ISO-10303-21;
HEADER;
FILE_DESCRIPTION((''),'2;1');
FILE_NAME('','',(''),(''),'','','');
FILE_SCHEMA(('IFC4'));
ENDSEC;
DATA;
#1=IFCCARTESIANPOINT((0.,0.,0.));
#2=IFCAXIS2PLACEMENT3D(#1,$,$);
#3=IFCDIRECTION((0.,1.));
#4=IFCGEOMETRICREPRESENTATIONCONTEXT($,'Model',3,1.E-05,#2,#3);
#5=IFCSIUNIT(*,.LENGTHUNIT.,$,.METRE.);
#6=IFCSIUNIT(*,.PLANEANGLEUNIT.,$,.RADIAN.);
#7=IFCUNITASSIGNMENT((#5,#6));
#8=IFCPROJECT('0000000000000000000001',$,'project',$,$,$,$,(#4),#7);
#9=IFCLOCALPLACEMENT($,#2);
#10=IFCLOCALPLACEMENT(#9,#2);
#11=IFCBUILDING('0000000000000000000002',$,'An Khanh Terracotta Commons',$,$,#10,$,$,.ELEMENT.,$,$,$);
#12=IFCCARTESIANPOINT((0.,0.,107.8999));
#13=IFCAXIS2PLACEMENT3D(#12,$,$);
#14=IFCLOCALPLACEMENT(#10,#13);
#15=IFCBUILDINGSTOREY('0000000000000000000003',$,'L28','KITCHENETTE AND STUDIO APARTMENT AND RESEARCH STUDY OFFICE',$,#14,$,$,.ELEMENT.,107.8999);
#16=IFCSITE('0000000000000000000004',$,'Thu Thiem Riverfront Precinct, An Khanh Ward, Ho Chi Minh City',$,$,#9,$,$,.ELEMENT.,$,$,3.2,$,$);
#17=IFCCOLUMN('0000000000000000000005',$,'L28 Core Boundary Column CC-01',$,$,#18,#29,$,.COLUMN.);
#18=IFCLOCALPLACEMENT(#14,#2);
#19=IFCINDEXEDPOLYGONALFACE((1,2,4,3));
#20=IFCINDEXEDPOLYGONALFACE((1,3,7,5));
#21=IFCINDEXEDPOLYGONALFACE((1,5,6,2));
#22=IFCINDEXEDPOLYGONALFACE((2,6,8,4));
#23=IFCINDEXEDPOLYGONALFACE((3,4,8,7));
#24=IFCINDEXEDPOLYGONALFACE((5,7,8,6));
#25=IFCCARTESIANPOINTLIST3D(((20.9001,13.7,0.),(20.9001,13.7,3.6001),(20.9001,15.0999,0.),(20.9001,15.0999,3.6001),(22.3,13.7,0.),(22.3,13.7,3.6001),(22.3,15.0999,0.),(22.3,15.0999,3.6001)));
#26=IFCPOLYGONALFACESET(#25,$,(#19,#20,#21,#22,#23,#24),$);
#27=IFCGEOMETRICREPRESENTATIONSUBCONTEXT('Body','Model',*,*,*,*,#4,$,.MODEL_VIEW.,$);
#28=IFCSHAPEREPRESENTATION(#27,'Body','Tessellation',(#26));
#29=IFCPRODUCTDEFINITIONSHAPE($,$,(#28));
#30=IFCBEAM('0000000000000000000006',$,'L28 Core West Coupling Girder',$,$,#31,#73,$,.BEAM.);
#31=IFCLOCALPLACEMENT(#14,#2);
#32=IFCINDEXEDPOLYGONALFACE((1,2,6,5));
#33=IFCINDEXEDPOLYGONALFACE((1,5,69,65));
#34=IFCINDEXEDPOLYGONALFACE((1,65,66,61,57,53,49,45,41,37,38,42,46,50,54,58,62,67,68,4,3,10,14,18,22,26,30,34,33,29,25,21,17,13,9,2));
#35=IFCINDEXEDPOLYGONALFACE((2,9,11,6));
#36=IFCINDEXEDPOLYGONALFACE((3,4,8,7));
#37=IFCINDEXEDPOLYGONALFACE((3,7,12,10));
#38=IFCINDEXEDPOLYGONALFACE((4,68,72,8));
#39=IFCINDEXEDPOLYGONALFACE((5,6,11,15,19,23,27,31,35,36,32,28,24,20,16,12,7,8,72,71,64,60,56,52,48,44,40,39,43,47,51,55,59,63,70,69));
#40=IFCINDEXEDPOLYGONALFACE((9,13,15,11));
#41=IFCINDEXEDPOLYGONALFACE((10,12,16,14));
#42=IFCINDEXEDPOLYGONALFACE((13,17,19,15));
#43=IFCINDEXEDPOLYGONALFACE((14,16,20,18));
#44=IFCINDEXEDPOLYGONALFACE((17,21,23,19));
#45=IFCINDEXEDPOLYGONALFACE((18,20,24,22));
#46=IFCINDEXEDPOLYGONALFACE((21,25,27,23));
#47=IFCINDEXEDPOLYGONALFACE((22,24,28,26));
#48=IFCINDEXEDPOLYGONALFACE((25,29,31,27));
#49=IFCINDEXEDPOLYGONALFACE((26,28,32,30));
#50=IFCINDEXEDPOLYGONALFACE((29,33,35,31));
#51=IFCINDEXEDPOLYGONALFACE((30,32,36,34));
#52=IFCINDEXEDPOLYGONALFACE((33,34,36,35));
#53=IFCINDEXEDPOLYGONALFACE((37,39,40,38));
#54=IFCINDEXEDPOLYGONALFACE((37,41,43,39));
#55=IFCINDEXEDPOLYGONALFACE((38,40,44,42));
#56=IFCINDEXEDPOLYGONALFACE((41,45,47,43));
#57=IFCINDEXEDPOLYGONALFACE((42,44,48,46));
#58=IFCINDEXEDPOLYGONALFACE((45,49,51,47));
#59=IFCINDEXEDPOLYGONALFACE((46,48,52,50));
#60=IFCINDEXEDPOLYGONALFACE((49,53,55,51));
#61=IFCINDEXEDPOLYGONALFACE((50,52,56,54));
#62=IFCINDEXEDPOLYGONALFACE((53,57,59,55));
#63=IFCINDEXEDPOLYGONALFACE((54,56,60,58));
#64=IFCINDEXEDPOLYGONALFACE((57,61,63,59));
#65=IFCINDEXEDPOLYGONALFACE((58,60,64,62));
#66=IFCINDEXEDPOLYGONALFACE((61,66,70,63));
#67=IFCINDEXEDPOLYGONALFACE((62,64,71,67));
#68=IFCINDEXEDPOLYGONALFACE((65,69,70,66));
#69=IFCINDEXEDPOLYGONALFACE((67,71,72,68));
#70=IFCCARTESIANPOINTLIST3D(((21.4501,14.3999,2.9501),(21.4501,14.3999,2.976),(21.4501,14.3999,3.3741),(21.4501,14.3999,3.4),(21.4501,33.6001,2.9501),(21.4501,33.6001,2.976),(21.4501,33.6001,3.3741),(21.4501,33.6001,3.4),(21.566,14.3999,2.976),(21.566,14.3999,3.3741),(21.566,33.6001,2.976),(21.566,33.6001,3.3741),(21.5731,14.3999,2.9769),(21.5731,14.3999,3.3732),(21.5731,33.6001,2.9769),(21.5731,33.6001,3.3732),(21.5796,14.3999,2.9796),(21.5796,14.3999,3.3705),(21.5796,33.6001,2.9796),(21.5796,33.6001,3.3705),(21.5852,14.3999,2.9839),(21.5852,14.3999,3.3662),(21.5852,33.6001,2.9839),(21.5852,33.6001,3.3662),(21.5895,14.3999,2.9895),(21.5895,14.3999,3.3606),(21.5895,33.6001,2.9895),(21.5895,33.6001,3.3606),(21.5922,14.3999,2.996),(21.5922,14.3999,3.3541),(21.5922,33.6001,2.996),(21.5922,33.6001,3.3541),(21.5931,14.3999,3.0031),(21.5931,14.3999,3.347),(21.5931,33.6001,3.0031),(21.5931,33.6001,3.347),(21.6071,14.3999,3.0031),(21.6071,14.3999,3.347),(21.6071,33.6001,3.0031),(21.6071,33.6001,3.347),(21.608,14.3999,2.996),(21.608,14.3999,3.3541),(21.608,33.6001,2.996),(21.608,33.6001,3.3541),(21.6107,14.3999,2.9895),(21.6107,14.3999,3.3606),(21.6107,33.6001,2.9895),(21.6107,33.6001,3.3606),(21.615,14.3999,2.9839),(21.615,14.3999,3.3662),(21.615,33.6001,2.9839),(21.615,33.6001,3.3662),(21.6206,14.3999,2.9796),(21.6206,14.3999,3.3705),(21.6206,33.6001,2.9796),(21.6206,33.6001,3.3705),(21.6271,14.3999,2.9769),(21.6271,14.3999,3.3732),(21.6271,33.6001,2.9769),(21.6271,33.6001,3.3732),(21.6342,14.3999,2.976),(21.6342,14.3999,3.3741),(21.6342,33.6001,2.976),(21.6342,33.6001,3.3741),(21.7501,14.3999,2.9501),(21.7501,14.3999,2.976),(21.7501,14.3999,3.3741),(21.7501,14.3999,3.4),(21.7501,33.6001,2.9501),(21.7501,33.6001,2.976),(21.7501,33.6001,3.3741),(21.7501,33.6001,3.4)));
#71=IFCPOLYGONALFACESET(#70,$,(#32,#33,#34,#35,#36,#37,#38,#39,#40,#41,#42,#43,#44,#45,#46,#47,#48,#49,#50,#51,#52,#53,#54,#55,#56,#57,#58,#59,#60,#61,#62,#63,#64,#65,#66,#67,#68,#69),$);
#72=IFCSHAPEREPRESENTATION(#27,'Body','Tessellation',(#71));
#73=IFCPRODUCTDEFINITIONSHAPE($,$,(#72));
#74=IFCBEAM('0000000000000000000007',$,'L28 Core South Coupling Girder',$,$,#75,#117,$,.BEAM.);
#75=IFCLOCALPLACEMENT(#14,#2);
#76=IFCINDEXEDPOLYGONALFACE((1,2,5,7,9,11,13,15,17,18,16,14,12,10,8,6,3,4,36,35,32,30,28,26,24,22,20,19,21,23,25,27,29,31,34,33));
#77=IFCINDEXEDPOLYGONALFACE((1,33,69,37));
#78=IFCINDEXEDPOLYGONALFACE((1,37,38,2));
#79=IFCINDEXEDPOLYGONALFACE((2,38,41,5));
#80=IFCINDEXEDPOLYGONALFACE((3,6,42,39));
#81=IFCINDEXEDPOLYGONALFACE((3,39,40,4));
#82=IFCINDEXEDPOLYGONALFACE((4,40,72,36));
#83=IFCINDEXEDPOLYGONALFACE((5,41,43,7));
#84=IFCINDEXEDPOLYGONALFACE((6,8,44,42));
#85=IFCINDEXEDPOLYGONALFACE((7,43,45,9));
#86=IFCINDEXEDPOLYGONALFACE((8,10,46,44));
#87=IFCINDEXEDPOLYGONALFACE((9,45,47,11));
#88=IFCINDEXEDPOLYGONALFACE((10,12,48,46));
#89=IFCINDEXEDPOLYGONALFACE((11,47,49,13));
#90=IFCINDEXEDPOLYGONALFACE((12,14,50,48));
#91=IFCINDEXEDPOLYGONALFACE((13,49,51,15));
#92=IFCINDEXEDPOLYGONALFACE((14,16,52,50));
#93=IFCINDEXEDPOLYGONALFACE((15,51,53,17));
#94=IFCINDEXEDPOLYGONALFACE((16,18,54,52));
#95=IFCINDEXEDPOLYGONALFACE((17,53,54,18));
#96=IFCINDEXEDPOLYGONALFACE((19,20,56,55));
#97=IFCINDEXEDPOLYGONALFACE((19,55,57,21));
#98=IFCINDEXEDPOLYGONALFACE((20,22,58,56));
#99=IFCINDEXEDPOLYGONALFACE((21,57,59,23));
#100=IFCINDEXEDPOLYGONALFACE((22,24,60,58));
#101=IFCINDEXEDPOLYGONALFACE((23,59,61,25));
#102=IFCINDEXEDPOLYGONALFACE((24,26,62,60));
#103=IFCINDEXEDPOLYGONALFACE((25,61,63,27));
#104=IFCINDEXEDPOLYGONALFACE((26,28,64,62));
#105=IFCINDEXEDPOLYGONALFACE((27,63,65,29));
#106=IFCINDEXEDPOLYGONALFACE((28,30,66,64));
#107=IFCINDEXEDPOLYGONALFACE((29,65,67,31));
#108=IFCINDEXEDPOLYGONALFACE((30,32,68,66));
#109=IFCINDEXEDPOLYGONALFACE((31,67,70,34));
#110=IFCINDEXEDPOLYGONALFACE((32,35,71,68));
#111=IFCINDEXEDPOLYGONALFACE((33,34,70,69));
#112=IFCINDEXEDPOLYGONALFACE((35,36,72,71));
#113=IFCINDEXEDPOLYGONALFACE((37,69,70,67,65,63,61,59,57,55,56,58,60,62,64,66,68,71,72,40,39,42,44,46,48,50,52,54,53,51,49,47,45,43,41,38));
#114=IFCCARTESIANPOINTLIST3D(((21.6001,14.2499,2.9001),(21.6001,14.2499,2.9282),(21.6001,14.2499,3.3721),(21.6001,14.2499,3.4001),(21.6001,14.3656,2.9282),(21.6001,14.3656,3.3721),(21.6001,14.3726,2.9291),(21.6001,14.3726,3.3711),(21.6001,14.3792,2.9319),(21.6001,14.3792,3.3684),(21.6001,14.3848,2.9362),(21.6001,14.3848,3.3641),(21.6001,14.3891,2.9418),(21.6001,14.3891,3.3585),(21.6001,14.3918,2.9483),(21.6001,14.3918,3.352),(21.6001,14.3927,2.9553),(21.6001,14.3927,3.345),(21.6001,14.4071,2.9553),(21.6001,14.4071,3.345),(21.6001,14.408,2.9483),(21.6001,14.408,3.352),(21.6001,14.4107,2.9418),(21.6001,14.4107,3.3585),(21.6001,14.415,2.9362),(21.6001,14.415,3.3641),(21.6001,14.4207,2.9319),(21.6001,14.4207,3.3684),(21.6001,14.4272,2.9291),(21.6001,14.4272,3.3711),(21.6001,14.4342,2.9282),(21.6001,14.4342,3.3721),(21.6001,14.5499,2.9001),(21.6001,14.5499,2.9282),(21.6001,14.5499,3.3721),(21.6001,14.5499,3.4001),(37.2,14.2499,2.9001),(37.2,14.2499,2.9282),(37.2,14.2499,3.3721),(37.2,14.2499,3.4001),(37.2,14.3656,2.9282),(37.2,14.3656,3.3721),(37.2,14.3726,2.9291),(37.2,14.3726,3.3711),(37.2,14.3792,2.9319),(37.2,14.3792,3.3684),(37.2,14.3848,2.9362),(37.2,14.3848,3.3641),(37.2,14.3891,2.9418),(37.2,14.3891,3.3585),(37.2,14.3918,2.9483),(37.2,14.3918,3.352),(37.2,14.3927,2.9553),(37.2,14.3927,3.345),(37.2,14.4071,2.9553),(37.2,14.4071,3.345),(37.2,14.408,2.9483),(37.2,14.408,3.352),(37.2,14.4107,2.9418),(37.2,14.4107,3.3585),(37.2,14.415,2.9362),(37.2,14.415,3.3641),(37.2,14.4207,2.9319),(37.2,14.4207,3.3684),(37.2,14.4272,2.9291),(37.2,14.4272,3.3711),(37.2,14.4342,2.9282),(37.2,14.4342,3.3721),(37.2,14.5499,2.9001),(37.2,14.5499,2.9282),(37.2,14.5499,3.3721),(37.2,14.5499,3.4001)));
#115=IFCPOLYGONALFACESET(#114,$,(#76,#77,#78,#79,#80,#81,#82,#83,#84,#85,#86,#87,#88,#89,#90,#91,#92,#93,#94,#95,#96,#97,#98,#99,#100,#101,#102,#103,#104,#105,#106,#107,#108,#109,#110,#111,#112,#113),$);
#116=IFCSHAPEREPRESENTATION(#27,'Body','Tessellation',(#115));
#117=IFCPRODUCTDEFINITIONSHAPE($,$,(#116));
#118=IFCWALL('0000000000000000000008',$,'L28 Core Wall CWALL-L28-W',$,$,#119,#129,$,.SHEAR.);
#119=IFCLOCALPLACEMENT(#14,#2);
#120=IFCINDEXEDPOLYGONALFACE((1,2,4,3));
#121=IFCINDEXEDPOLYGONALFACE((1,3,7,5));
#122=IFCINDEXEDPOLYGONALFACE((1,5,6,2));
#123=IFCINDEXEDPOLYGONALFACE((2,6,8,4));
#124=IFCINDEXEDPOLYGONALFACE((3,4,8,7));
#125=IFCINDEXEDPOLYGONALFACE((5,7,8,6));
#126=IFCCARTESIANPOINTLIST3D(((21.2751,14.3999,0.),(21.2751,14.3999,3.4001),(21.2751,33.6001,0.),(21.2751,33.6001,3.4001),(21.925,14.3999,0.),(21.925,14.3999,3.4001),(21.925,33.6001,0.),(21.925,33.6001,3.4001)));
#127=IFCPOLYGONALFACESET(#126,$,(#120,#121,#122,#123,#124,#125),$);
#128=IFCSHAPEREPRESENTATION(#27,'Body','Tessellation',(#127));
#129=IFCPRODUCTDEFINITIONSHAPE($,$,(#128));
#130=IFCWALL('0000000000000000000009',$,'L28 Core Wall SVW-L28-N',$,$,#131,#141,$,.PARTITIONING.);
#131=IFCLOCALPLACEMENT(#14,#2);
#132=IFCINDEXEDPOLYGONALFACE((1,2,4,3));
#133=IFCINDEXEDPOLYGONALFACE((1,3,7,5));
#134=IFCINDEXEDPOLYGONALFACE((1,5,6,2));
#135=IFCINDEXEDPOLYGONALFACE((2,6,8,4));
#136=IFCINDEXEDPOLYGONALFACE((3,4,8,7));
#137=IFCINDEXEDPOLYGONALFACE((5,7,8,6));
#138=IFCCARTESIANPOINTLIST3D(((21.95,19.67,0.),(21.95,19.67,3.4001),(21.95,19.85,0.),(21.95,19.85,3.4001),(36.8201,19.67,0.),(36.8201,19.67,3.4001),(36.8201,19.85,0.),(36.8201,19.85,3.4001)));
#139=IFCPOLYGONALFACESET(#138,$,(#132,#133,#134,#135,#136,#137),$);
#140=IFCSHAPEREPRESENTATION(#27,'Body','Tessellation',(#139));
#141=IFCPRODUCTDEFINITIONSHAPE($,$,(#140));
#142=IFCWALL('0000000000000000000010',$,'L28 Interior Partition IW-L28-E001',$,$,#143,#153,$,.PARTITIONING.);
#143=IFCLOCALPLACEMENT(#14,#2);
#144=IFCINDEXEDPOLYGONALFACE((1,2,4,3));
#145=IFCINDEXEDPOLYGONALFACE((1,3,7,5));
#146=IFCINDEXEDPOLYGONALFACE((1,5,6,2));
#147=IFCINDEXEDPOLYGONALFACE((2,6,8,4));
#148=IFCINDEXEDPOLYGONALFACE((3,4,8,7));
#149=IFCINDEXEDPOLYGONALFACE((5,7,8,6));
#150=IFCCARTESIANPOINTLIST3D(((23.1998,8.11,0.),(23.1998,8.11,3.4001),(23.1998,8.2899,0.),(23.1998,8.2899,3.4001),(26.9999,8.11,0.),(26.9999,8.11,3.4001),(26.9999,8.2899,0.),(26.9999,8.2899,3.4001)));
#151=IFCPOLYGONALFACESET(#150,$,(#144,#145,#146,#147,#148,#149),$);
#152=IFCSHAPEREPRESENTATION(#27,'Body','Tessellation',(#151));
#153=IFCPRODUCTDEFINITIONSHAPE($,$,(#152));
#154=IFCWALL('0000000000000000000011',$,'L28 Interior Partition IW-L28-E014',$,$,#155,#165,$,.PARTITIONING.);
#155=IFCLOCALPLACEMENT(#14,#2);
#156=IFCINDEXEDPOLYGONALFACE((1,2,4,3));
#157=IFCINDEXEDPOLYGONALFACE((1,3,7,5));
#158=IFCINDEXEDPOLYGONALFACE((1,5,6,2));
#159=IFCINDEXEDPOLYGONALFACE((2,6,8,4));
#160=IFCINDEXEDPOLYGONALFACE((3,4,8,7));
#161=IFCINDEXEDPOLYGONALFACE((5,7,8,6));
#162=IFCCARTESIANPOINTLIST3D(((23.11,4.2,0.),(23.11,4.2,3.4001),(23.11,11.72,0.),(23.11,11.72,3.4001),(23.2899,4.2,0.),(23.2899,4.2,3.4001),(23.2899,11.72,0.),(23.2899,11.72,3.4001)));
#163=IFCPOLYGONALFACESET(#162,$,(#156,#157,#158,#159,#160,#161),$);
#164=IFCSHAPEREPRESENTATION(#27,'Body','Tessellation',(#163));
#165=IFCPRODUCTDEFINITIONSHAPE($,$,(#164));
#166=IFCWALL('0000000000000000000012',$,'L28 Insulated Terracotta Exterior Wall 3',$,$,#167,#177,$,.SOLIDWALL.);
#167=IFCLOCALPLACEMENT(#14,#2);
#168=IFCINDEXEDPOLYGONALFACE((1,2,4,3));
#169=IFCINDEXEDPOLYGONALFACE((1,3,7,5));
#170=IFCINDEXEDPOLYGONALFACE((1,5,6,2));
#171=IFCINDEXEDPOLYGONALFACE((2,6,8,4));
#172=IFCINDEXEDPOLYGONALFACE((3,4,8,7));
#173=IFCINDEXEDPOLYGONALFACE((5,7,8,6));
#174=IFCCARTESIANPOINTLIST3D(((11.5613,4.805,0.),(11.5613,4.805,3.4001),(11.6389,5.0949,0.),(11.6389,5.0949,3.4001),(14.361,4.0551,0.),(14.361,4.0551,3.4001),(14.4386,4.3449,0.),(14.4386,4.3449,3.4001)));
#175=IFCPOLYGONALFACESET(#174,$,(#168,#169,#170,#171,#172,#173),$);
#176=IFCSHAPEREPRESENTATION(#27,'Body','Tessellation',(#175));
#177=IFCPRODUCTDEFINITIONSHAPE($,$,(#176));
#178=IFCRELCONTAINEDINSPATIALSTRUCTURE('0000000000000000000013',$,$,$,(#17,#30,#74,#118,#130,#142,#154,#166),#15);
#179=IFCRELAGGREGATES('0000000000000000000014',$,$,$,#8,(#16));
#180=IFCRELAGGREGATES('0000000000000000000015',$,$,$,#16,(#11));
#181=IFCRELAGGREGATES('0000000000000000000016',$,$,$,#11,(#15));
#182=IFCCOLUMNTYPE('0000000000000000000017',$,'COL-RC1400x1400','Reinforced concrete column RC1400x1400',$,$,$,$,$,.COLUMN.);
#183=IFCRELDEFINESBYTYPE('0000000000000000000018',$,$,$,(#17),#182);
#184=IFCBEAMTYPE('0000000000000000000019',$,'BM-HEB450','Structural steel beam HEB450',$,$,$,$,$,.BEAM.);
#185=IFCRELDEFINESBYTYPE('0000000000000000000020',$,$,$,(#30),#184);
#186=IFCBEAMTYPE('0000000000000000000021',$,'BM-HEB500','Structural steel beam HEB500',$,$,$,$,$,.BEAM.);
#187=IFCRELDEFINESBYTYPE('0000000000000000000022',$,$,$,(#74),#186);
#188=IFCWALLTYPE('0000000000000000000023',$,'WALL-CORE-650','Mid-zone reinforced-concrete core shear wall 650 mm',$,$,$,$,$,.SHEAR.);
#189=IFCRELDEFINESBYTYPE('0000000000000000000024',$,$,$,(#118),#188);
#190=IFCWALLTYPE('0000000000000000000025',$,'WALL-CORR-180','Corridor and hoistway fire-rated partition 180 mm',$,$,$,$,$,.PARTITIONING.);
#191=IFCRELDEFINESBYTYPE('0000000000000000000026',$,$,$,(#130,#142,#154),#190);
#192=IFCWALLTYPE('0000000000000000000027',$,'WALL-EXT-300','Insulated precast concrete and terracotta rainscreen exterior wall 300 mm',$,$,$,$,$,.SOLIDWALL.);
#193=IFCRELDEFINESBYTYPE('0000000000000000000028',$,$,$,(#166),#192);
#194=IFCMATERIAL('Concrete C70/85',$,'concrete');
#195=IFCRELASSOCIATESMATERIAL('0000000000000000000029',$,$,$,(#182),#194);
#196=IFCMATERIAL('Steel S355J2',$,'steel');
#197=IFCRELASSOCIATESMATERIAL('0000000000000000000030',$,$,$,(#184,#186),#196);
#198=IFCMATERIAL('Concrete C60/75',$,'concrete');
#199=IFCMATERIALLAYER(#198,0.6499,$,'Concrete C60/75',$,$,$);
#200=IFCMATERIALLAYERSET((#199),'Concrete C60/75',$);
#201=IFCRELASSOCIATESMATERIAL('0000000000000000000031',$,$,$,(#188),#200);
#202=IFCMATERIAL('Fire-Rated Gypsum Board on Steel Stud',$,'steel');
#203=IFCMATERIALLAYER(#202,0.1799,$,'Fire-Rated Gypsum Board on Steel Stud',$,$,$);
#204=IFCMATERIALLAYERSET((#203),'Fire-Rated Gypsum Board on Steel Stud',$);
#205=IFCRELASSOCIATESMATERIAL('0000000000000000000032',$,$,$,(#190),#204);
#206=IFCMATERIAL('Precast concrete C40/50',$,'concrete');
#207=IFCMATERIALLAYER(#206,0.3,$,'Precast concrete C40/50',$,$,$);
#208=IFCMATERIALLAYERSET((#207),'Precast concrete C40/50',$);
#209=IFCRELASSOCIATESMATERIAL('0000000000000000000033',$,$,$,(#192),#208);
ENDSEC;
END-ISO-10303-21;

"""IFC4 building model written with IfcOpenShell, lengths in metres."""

from ifc_helpers import new_model, si_unit, direction, frame, frame_2d, origin, origin_2d, place, context, subcontext, project, spatial, rectangle, i_section, extrude, material, layer, layer_set, material_profile, profile_set, type_object, element, save


model = new_model("IFC4")

# Units and contexts
model_context = context("Model", 3, precision=1e-05, world=origin(), true_north=direction((0.0, 1.0)))
body_context = subcontext(model_context, "Body", "Model", "MODEL_VIEW")
ifc_project = project(units=[si_unit("LENGTHUNIT", "METRE"), si_unit("PLANEANGLEUNIT", "RADIAN")], contexts=[model_context])

# Site, building, storey
site_placement = place(None, origin())
site = spatial("IfcSite", under=ifc_project, at=site_placement, Name="Thu Thiem Riverfront Precinct, An Khanh Ward, Ho Chi Minh City", CompositionType="ELEMENT", RefElevation=3.2)
building_placement = place(site_placement, origin())
building = spatial("IfcBuilding", under=site, at=building_placement, Name="An Khanh Terracotta Commons", CompositionType="ELEMENT")
storey_placement = place(building_placement, frame((0.0, 0.0, 107.8999)))
storey = spatial("IfcBuildingStorey", under=building, at=storey_placement, Name="L28", Description="KITCHENETTE AND STUDIO APARTMENT AND RESEARCH STUDY OFFICE", CompositionType="ELEMENT", Elevation=107.8999)

# Column
ifc_material_1 = material(Name="Concrete C70/85", Category="concrete")
ifc_material_profile_1 = material_profile(ifc_material_1, rectangle(XDim=1.3999, YDim=1.3999, at=origin_2d()), Name="RC1400x1400")
ifc_profile_set_1 = profile_set([ifc_material_profile_1], Name="Concrete C70/85")
column_type = type_object("IfcColumnType", Name="COL-RC1400x1400", Description="Reinforced concrete column RC1400x1400", PredefinedType="COLUMN", material=ifc_profile_set_1)
column_placement = place(storey_placement, frame((21.6001, 14.3999, 0.0), z_axis=(0.0, 0.0, 1.0), x_axis=(1.0, 0.0, 0.0)))
element("IfcColumn", 1, at=column_placement, inside=storey, type_object=column_type, Name="L28 Core Boundary Column CC-01", PredefinedType="COLUMN", context=body_context, shape_type="SweptSolid", body=[
    extrude(rectangle(XDim=1.3999, YDim=1.3999, at=origin_2d()), origin(), (0.0, 0.0, 1.0), 3.6001),
])

# Beams
ifc_material_2 = material(Name="Steel S355J2", Category="steel")
ifc_material_profile_2 = material_profile(ifc_material_2, i_section(OverallWidth=0.3, OverallDepth=0.45, WebThickness=0.0139, FlangeThickness=0.0259, FilletRadius=0.0271, at=origin_2d()), Name="HEB450")
ifc_profile_set_2 = profile_set([ifc_material_profile_2], Name="Steel S355J2")
beam_type_1 = type_object("IfcBeamType", Name="BM-HEB450", Description="Structural steel beam HEB450", PredefinedType="BEAM", material=ifc_profile_set_2)
beam_1_placement = place(storey_placement, frame((21.6001, 14.3999, 3.175), z_axis=(0.0, 1.0, 0.0), x_axis=(-1.0, 0.0, 0.0)))
element("IfcBeam", 2, at=beam_1_placement, inside=storey, type_object=beam_type_1, Name="L28 Core West Coupling Girder", PredefinedType="BEAM", context=body_context, shape_type="SweptSolid", body=[
    extrude(i_section(OverallWidth=0.3, OverallDepth=0.45, WebThickness=0.0139, FlangeThickness=0.0259, FilletRadius=0.0271, at=origin_2d()), origin(), (0.0, 0.0, 1.0), 19.2002),
])
ifc_material_profile_3 = material_profile(ifc_material_2, i_section(OverallWidth=0.3, OverallDepth=0.5, WebThickness=0.0144, FlangeThickness=0.0281, FilletRadius=0.0271, at=origin_2d()), Name="HEB500")
ifc_profile_set_3 = profile_set([ifc_material_profile_3], Name="Steel S355J2")
beam_type_2 = type_object("IfcBeamType", Name="BM-HEB500", Description="Structural steel beam HEB500", PredefinedType="BEAM", material=ifc_profile_set_3)
beam_2_placement = place(storey_placement, frame((21.6001, 14.3999, 3.1501), z_axis=(1.0, 0.0, 0.0), x_axis=(0.0, 1.0, 0.0)))
element("IfcBeam", 3, at=beam_2_placement, inside=storey, type_object=beam_type_2, Name="L28 Core South Coupling Girder", PredefinedType="BEAM", context=body_context, shape_type="SweptSolid", body=[
    extrude(i_section(OverallWidth=0.3, OverallDepth=0.5, WebThickness=0.0144, FlangeThickness=0.0281, FilletRadius=0.0271, at=origin_2d()), origin(), (0.0, 0.0, 1.0), 15.5999),
])

# Walls
ifc_material_3 = material(Name="Concrete C60/75", Category="concrete")
ifc_layer_1 = layer(ifc_material_3, 0.6499, Name="Concrete C60/75")
ifc_layer_set_1 = layer_set([ifc_layer_1], Name="Concrete C60/75")
wall_type_1 = type_object("IfcWallType", Name="WALL-CORE-650", Description="Mid-zone reinforced-concrete core shear wall 650 mm", PredefinedType="SHEAR", material=ifc_layer_set_1)
wall_1_placement = place(storey_placement, frame((21.6001, 14.3999, 0.0), z_axis=(0.0, 0.0, 1.0), x_axis=(0.0, 1.0, 0.0)))
element("IfcWall", 4, at=wall_1_placement, inside=storey, type_object=wall_type_1, Name="L28 Core Wall CWALL-L28-W", PredefinedType="SHEAR", context=body_context, shape_type="SweptSolid", body=[
    extrude(rectangle(XDim=19.2002, YDim=0.6499, at=frame_2d((9.6001, 0.0))), origin(), (0.0, 0.0, 1.0), 3.4001),
])
ifc_material_4 = material(Name="Fire-Rated Gypsum Board on Steel Stud", Category="steel")
ifc_layer_2 = layer(ifc_material_4, 0.1799, Name="Fire-Rated Gypsum Board on Steel Stud")
ifc_layer_set_2 = layer_set([ifc_layer_2], Name="Fire-Rated Gypsum Board on Steel Stud")
wall_type_2 = type_object("IfcWallType", Name="WALL-CORR-180", Description="Corridor and hoistway fire-rated partition 180 mm", PredefinedType="PARTITIONING", material=ifc_layer_set_2)
wall_2_placement = place(storey_placement, frame((21.95, 19.76, 0.0), z_axis=(0.0, 0.0, 1.0), x_axis=(1.0, 0.0, 0.0)))
element("IfcWall", 5, at=wall_2_placement, inside=storey, type_object=wall_type_2, Name="L28 Core Wall SVW-L28-N", PredefinedType="PARTITIONING", context=body_context, shape_type="SweptSolid", body=[
    extrude(rectangle(XDim=14.8701, YDim=0.1799, at=frame_2d((7.4351, 0.0))), origin(), (0.0, 0.0, 1.0), 3.4001),
])
wall_3_placement = place(storey_placement, frame((23.2, 8.2, 0.0), z_axis=(0.0, 0.0, 1.0), x_axis=(1.0, 0.0, 0.0)))
element("IfcWall", 6, at=wall_3_placement, inside=storey, type_object=wall_type_2, Name="L28 Interior Partition IW-L28-E001", PredefinedType="PARTITIONING", context=body_context, shape_type="SweptSolid", body=[
    extrude(rectangle(XDim=3.8, YDim=0.1799, at=frame_2d((1.8999, 0.0))), origin(), (0.0, 0.0, 1.0), 3.4001),
])
wall_4_placement = place(storey_placement, frame((23.2, 4.2, 0.0), z_axis=(0.0, 0.0, 1.0), x_axis=(0.0, 1.0, 0.0)))
element("IfcWall", 7, at=wall_4_placement, inside=storey, type_object=wall_type_2, Name="L28 Interior Partition IW-L28-E014", PredefinedType="PARTITIONING", context=body_context, shape_type="SweptSolid", body=[
    extrude(rectangle(XDim=7.52, YDim=0.1799, at=frame_2d((3.76, 0.0))), origin(), (0.0, 0.0, 1.0), 3.4001),
])
ifc_material_5 = material(Name="Precast concrete C40/50", Category="concrete")
ifc_layer_3 = layer(ifc_material_5, 0.3, Name="Precast concrete C40/50")
ifc_layer_set_3 = layer_set([ifc_layer_3], Name="Precast concrete C40/50")
wall_type_3 = type_object("IfcWallType", Name="WALL-EXT-300", Description="Insulated precast concrete and terracotta rainscreen exterior wall 300 mm", PredefinedType="SOLIDWALL", material=ifc_layer_set_3)
wall_5_placement = place(storey_placement, frame((11.6001, 4.95, 0.0), z_axis=(0.0, 0.0, 1.0), x_axis=(0.965944, -0.258753, 0.0)))
element("IfcWall", 8, at=wall_5_placement, inside=storey, type_object=wall_type_3, Name="L28 Insulated Terracotta Exterior Wall 3", PredefinedType="SOLIDWALL", context=body_context, shape_type="SweptSolid", body=[
    extrude(rectangle(XDim=2.8984, YDim=0.3, at=frame_2d((1.4492, 0.0))), origin(), (0.0, 0.0, 1.0), 3.4001),
])

save(model, "model.ifc")
